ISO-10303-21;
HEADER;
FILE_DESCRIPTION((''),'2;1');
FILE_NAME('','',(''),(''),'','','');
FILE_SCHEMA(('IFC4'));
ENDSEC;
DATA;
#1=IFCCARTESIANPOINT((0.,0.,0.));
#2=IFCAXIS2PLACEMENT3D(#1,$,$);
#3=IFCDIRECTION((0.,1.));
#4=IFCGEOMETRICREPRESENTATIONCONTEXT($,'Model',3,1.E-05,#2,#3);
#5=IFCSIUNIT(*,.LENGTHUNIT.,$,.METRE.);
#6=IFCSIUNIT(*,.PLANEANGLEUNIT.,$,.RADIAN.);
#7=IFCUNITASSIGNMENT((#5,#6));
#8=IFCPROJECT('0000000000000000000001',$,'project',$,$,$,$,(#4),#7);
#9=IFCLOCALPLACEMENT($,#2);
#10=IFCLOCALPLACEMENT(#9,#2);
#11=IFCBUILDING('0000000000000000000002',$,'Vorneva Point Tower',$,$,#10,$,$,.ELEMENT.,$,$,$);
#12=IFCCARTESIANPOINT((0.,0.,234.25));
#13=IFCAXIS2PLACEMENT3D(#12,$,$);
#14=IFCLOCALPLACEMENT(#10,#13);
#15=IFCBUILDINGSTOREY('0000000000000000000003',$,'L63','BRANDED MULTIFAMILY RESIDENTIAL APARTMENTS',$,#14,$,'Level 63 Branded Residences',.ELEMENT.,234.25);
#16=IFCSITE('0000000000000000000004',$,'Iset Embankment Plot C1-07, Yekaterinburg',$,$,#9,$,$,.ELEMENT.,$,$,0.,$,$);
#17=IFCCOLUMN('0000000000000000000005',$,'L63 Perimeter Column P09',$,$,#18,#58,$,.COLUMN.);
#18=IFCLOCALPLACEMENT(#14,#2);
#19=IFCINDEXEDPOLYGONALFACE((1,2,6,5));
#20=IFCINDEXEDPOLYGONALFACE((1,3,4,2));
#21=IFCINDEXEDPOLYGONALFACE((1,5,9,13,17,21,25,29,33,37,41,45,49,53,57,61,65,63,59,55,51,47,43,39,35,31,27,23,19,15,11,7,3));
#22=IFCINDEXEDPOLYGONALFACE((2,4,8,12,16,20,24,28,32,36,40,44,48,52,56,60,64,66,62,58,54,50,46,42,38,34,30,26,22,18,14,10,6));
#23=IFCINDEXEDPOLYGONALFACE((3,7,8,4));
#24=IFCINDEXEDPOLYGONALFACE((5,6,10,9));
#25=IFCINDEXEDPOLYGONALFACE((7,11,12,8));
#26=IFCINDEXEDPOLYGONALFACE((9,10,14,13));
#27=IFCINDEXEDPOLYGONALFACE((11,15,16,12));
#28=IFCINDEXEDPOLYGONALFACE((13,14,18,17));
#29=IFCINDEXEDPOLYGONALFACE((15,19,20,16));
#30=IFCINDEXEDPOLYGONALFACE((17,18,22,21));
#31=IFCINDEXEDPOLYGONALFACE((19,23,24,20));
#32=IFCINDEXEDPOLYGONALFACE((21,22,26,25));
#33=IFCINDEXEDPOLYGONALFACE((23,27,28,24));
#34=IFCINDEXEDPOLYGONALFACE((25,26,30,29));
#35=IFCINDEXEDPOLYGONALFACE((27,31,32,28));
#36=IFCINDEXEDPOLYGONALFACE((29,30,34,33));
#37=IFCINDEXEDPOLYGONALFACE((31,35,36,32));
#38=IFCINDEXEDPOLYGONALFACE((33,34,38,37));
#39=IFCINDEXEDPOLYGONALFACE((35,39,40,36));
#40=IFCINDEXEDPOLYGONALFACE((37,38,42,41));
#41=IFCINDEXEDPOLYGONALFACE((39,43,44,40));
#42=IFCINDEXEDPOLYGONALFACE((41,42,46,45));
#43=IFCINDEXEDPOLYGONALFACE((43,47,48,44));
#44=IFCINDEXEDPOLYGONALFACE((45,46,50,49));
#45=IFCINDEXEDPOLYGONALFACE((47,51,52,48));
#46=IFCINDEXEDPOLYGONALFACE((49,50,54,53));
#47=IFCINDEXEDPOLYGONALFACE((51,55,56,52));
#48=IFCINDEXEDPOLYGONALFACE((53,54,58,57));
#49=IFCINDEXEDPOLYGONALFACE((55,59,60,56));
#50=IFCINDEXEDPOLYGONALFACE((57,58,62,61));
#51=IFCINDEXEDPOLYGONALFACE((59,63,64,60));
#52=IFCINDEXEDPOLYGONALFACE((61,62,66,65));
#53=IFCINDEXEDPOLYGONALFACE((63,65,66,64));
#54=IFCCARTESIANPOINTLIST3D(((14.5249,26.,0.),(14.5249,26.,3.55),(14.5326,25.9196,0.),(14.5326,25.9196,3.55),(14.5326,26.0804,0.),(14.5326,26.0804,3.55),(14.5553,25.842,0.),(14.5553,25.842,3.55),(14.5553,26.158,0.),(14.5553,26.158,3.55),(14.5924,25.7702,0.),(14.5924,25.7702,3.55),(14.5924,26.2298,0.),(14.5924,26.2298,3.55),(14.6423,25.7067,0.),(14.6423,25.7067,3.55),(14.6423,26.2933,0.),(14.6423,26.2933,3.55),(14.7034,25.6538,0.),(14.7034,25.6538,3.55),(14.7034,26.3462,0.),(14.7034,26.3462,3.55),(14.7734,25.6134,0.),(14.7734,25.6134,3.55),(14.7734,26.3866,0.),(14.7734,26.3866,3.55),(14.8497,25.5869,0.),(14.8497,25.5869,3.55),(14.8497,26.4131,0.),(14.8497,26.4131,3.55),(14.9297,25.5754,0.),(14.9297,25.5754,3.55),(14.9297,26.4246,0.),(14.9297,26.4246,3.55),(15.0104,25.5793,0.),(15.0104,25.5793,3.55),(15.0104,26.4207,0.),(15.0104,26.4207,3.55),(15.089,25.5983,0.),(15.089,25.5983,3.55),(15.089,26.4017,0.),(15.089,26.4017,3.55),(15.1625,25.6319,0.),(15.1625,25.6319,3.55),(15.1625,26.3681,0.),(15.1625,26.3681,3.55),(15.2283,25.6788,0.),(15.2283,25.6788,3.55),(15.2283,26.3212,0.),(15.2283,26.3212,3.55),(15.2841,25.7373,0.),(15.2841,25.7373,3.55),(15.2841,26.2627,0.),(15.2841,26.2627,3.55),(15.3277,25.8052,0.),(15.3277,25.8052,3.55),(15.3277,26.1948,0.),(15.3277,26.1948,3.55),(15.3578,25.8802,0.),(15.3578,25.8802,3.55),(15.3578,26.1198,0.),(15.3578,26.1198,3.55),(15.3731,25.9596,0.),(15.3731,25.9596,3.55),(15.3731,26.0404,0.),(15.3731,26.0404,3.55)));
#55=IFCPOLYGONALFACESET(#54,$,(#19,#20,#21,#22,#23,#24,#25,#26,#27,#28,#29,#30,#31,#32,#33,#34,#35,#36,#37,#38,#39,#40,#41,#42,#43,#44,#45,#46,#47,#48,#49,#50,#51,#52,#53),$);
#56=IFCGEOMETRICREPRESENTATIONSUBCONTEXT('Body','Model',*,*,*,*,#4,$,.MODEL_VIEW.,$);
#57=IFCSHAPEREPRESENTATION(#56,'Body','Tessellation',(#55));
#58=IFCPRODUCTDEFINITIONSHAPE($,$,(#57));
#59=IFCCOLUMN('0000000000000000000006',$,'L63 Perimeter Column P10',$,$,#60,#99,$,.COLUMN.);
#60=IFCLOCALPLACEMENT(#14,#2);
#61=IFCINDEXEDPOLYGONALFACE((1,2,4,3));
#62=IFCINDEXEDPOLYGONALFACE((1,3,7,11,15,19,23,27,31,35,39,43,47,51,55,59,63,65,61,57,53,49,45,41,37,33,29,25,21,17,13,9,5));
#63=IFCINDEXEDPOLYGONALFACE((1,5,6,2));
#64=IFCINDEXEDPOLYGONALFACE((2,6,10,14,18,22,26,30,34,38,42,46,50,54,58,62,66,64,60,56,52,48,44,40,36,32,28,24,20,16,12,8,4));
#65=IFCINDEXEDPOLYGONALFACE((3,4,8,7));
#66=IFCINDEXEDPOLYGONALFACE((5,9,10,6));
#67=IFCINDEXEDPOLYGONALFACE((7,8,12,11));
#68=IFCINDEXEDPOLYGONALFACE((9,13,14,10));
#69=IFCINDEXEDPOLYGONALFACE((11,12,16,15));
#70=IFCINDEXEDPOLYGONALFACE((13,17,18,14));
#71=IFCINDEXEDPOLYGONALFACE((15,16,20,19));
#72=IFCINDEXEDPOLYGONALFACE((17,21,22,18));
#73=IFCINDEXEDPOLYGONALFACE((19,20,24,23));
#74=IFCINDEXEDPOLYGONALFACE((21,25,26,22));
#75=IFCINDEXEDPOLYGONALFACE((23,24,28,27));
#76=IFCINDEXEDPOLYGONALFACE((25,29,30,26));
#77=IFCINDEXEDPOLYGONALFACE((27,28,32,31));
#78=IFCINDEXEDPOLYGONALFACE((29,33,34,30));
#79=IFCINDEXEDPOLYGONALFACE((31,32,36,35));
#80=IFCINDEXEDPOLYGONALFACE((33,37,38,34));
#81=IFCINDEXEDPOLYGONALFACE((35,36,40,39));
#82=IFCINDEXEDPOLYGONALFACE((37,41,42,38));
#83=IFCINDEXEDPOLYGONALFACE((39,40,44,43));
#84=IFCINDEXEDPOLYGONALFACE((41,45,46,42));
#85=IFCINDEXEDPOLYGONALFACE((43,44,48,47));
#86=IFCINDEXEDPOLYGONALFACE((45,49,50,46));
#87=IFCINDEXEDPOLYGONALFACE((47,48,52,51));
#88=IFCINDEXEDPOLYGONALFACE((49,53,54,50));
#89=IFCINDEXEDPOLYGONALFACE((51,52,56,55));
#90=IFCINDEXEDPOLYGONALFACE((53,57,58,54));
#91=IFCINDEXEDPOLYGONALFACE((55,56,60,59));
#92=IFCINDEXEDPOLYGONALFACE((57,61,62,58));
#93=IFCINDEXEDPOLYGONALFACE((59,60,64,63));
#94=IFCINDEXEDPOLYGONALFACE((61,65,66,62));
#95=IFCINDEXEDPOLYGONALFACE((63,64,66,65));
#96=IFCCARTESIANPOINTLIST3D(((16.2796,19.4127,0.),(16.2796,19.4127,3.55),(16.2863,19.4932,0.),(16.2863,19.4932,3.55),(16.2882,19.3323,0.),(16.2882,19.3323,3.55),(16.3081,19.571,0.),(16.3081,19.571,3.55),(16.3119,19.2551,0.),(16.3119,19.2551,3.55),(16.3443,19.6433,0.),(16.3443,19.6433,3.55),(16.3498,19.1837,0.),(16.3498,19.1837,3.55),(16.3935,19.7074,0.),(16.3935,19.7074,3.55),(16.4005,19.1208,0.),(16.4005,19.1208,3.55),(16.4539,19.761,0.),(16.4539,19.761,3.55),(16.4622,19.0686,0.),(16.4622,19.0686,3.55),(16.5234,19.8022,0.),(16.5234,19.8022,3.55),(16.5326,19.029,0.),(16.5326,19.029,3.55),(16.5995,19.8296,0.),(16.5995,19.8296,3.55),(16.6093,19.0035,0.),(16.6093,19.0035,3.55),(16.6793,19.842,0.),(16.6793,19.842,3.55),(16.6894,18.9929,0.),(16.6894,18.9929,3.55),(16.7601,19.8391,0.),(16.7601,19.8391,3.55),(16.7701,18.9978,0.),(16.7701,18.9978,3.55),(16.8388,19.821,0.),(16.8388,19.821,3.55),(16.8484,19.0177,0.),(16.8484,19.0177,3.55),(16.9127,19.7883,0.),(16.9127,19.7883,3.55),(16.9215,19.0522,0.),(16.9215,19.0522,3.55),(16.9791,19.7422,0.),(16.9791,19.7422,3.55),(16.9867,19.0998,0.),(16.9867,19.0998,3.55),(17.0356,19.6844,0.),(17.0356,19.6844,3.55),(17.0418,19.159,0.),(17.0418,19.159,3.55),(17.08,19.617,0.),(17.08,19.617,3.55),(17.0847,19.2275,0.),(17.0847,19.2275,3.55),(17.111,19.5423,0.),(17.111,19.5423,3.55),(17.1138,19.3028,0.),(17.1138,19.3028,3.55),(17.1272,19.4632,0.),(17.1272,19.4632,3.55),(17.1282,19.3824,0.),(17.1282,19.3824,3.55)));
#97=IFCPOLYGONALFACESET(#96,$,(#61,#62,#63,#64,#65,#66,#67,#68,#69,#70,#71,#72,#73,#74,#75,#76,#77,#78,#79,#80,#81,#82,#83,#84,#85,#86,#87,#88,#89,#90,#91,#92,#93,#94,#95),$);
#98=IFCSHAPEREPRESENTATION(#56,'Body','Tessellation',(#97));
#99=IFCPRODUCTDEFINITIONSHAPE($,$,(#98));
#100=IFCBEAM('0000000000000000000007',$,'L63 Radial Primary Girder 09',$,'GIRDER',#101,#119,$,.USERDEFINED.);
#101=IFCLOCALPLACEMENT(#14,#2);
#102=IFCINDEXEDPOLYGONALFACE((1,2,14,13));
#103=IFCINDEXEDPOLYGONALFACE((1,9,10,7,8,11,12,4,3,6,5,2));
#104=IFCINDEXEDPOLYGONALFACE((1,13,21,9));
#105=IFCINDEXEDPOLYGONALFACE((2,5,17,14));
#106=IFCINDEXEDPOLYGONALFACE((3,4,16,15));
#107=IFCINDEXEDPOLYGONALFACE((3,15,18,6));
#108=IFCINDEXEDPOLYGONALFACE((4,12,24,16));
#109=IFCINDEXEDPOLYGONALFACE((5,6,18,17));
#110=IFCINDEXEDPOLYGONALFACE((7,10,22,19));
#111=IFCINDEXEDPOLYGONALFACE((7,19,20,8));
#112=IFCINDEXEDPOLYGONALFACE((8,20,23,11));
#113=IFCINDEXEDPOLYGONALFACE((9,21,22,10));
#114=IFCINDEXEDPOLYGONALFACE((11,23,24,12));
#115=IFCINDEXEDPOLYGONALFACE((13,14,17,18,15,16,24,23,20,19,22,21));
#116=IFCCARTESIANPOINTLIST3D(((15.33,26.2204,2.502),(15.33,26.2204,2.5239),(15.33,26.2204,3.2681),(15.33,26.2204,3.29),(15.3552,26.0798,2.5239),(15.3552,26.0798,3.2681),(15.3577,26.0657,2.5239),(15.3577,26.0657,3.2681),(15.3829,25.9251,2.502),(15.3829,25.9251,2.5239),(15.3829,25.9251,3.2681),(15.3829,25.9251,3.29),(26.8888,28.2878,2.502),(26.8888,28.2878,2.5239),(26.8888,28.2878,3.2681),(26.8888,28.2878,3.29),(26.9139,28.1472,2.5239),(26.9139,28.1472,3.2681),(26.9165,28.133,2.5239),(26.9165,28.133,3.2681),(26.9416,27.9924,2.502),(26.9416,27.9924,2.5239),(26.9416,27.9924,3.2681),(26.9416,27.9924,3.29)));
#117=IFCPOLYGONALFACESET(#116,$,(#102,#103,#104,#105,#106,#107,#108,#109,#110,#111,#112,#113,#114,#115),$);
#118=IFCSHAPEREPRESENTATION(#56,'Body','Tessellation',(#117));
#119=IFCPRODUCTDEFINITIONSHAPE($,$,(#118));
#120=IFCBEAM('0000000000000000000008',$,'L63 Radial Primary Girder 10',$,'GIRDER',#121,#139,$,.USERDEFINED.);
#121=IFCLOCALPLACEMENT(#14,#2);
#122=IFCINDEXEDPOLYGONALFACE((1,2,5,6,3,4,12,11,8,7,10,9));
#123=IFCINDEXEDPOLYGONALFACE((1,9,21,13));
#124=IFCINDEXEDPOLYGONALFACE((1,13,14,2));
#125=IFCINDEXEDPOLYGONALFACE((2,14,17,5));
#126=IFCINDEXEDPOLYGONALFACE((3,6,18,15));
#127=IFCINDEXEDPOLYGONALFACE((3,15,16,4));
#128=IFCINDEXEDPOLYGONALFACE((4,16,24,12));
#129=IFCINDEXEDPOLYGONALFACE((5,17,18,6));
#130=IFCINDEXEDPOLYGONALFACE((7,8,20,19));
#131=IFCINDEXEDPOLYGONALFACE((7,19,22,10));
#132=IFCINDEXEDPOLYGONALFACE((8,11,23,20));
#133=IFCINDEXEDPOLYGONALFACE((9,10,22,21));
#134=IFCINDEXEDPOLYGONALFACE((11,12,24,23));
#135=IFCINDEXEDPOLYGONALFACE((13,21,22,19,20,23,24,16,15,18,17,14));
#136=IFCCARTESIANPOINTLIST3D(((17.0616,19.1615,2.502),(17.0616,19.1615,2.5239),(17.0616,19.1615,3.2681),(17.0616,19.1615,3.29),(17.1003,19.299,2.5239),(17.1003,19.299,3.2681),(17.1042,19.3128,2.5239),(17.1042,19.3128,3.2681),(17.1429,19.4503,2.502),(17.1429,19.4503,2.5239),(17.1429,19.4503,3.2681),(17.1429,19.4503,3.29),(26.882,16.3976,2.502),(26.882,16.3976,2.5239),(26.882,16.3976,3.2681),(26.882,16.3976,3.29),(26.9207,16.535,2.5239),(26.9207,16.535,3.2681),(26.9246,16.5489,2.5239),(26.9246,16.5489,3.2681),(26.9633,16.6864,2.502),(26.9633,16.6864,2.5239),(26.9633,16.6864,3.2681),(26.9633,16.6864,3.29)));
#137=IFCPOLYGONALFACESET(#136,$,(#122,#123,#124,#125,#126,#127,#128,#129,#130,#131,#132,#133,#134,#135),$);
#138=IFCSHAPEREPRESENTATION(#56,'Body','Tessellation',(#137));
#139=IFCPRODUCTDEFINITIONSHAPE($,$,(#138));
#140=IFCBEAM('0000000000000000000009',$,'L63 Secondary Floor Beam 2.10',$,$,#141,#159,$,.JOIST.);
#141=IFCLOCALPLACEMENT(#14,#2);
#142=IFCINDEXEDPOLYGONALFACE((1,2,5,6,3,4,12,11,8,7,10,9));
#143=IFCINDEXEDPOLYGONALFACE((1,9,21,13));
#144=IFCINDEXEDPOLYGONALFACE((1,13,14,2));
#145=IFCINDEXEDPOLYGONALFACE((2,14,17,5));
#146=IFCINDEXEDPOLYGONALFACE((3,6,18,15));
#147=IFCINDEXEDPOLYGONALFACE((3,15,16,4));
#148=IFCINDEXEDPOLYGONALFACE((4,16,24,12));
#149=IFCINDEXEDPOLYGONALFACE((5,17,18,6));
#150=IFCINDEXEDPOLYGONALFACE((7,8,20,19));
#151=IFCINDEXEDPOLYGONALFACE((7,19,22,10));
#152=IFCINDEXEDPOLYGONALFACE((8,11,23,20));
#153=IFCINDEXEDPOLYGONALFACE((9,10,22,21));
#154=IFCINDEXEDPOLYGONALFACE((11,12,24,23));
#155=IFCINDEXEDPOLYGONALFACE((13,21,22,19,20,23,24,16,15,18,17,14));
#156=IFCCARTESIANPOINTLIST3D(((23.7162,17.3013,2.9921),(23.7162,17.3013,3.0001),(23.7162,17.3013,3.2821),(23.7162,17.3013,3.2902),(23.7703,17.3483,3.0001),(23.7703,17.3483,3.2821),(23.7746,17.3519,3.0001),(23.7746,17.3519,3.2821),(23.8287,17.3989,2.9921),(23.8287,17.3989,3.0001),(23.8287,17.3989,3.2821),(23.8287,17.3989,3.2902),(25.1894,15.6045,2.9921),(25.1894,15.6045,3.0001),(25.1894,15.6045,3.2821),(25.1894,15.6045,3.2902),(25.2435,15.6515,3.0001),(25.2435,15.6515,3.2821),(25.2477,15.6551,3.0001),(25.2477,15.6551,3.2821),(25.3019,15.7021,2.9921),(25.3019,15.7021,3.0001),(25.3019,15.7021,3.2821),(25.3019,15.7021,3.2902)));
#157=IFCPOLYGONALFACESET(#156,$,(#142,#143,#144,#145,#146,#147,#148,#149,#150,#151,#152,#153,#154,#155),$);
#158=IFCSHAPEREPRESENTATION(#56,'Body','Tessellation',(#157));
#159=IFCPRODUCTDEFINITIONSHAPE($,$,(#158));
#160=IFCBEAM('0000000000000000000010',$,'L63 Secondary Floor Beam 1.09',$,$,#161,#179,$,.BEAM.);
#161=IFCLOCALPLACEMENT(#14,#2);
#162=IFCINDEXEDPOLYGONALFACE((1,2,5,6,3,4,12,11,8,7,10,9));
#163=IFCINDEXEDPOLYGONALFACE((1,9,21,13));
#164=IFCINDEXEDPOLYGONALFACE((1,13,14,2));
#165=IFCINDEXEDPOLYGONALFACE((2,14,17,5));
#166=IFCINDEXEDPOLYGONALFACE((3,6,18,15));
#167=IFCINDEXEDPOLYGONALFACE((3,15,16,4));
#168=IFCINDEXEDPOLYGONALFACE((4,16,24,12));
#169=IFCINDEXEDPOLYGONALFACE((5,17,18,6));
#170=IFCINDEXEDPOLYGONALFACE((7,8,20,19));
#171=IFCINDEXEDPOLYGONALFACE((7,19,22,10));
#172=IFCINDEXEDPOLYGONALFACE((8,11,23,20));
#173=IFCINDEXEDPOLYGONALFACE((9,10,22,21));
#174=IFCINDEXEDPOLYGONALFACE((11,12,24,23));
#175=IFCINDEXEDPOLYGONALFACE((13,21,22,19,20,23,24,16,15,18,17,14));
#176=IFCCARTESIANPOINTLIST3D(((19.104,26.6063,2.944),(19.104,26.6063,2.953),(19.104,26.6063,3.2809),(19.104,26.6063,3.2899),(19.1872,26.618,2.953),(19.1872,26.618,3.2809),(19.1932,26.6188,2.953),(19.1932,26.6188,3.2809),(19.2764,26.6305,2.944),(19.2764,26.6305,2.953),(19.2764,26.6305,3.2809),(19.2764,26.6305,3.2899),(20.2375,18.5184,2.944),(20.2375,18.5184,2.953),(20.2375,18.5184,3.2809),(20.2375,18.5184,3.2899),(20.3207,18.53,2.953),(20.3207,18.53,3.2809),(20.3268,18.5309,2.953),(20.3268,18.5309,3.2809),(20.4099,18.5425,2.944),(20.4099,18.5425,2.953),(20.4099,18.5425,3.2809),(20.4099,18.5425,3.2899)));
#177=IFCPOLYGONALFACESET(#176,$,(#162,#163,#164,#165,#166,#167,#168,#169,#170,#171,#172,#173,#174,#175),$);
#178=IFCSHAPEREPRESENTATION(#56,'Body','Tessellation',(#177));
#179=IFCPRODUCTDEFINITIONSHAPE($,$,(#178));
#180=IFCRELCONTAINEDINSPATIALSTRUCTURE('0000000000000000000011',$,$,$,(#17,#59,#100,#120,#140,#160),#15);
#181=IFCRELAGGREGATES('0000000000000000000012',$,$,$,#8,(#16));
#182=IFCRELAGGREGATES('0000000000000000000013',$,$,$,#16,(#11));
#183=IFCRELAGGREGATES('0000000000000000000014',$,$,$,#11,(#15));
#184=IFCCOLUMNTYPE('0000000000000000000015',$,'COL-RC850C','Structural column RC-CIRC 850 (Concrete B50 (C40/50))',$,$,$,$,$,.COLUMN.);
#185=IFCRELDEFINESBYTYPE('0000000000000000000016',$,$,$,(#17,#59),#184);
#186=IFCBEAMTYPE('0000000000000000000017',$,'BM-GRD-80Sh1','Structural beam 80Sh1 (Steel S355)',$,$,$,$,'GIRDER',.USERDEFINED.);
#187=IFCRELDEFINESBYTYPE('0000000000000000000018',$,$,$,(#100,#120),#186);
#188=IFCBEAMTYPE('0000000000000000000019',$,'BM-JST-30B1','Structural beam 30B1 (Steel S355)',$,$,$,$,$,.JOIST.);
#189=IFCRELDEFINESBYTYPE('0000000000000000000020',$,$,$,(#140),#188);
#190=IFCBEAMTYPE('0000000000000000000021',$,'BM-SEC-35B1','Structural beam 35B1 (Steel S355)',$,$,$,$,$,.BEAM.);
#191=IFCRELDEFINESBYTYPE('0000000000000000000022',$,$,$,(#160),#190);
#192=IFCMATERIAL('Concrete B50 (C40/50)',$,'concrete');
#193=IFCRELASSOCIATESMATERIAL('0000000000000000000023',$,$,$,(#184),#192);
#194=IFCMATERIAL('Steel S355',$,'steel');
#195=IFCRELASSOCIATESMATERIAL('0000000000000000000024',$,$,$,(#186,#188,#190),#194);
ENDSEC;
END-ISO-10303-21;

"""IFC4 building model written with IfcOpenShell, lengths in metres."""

from ifc_helpers import new_model, si_unit, direction, frame, origin, origin_2d, place, context, subcontext, project, spatial, circle, i_section, extrude, material, material_profile, profile_set, type_object, element, save


model = new_model("IFC4")

# Units and contexts
model_context = context("Model", 3, precision=1e-05, world=origin(), true_north=direction((0.0, 1.0)))
body_context = subcontext(model_context, "Body", "Model", "MODEL_VIEW")
ifc_project = project(units=[si_unit("LENGTHUNIT", "METRE"), si_unit("PLANEANGLEUNIT", "RADIAN")], contexts=[model_context])

# Site, building, storey
site_placement = place(None, origin())
site = spatial("IfcSite", under=ifc_project, at=site_placement, Name="Iset Embankment Plot C1-07, Yekaterinburg", CompositionType="ELEMENT", RefElevation=0.0)
building_placement = place(site_placement, origin())
building = spatial("IfcBuilding", under=site, at=building_placement, Name="Vorneva Point Tower", CompositionType="ELEMENT")
storey_placement = place(building_placement, frame((0.0, 0.0, 234.25)))
storey = spatial("IfcBuildingStorey", under=building, at=storey_placement, Name="L63", Description="BRANDED MULTIFAMILY RESIDENTIAL APARTMENTS", LongName="Level 63 Branded Residences", CompositionType="ELEMENT", Elevation=234.25)

# Columns
ifc_material_1 = material(Name="Concrete B50 (C40/50)", Category="concrete")
ifc_material_profile_1 = material_profile(ifc_material_1, circle(Radius=0.425, at=origin_2d()), Name="RC-CIRC 850")
ifc_profile_set_1 = profile_set([ifc_material_profile_1], Name="Concrete B50 (C40/50)")
column_type = type_object("IfcColumnType", Name="COL-RC850C", Description="Structural column RC-CIRC 850 (Concrete B50 (C40/50))", PredefinedType="COLUMN", material=ifc_profile_set_1)
for number, where, z_axis, x_axis, name in (
    (1, (14.95, 26.0, 0.0), (0.0, 0.0, 1.0), (-1.0, 0.0, 0.0), "L63 Perimeter Column P09"),
    (2, (16.7046, 19.4177, 0.0), (0.0, 0.0, 1.0), (-0.92388, -0.382683, 0.0), "L63 Perimeter Column P10"),
):
    element("IfcColumn", number, at=place(storey_placement, frame(where, z_axis=z_axis, x_axis=x_axis)), inside=storey, type_object=column_type, Name=name, PredefinedType="COLUMN", context=body_context, shape_type="SweptSolid", body=[
        extrude(circle(Radius=0.425, at=origin_2d()), origin(), (0.0, 0.0, 1.0), 3.55),
    ])

# Beams
ifc_material_2 = material(Name="Steel S355", Category="steel")
ifc_material_profile_2 = material_profile(ifc_material_2, i_section(OverallWidth=0.3, OverallDepth=0.7881, WebThickness=0.0144, FlangeThickness=0.022, at=origin_2d()), Name="80Sh1")
ifc_profile_set_2 = profile_set([ifc_material_profile_2], Name="Steel S355")
beam_type_1 = type_object("IfcBeamType", Name="BM-GRD-80Sh1", Description="Structural beam 80Sh1 (Steel S355)", ElementType="GIRDER", PredefinedType="USERDEFINED", material=ifc_profile_set_2)
beam_1_placement = place(storey_placement, frame((15.3564, 26.0728, 2.896), z_axis=(0.984379, 0.176063, 0.0), x_axis=(-0.176063, 0.984379, 0.0)))
element("IfcBeam", 3, at=beam_1_placement, inside=storey, type_object=beam_type_1, Name="L63 Radial Primary Girder 09", ObjectType="GIRDER", PredefinedType="USERDEFINED", context=body_context, shape_type="SweptSolid", body=[
    extrude(i_section(OverallWidth=0.3, OverallDepth=0.7881, WebThickness=0.0144, FlangeThickness=0.022, at=origin_2d()), origin(), (0.0, 0.0, 1.0), 11.7422),
])
beam_2_placement = place(storey_placement, frame((17.1023, 19.3059, 2.896), z_axis=(0.962601, -0.270923, 0.0), x_axis=(0.270923, 0.962601, 0.0)))
element("IfcBeam", 4, at=beam_2_placement, inside=storey, type_object=beam_type_1, Name="L63 Radial Primary Girder 10", ObjectType="GIRDER", PredefinedType="USERDEFINED", context=body_context, shape_type="SweptSolid", body=[
    extrude(i_section(OverallWidth=0.3, OverallDepth=0.7881, WebThickness=0.0144, FlangeThickness=0.022, at=origin_2d()), origin(), (0.0, 0.0, 1.0), 10.2019),
])
ifc_material_profile_3 = material_profile(ifc_material_2, i_section(OverallWidth=0.1489, OverallDepth=0.2981, WebThickness=0.0056, FlangeThickness=0.0081, at=origin_2d()), Name="30B1")
ifc_profile_set_3 = profile_set([ifc_material_profile_3], Name="Steel S355")
beam_type_2 = type_object("IfcBeamType", Name="BM-JST-30B1", Description="Structural beam 30B1 (Steel S355)", PredefinedType="JOIST", material=ifc_profile_set_3)
beam_3_placement = place(storey_placement, frame((23.7725, 17.3501, 3.1411), z_axis=(0.655592, -0.755115, 0.0), x_axis=(0.755115, 0.655592, 0.0)))
element("IfcBeam", 5, at=beam_3_placement, inside=storey, type_object=beam_type_2, Name="L63 Secondary Floor Beam 2.10", PredefinedType="JOIST", context=body_context, shape_type="SweptSolid", body=[
    extrude(i_section(OverallWidth=0.1489, OverallDepth=0.2981, WebThickness=0.0056, FlangeThickness=0.0081, at=origin_2d()), origin(), (0.0, 0.0, 1.0), 2.2471),
])
ifc_material_profile_4 = material_profile(ifc_material_2, i_section(OverallWidth=0.1741, OverallDepth=0.3459, WebThickness=0.0061, FlangeThickness=0.009, at=origin_2d()), Name="35B1")
ifc_profile_set_4 = profile_set([ifc_material_profile_4], Name="Steel S355")
beam_type_3 = type_object("IfcBeamType", Name="BM-SEC-35B1", Description="Structural beam 35B1 (Steel S355)", PredefinedType="BEAM", material=ifc_profile_set_4)
beam_4_placement = place(storey_placement, frame((19.1902, 26.6184, 3.1169), z_axis=(0.138797, -0.990321, 0.0), x_axis=(0.990321, 0.138797, 0.0)))
element("IfcBeam", 6, at=beam_4_placement, inside=storey, type_object=beam_type_3, Name="L63 Secondary Floor Beam 1.09", PredefinedType="BEAM", context=body_context, shape_type="SweptSolid", body=[
    extrude(i_section(OverallWidth=0.1741, OverallDepth=0.3459, WebThickness=0.0061, FlangeThickness=0.009, at=origin_2d()), origin(), (0.0, 0.0, 1.0), 8.167),
])

save(model, "model.ifc")
